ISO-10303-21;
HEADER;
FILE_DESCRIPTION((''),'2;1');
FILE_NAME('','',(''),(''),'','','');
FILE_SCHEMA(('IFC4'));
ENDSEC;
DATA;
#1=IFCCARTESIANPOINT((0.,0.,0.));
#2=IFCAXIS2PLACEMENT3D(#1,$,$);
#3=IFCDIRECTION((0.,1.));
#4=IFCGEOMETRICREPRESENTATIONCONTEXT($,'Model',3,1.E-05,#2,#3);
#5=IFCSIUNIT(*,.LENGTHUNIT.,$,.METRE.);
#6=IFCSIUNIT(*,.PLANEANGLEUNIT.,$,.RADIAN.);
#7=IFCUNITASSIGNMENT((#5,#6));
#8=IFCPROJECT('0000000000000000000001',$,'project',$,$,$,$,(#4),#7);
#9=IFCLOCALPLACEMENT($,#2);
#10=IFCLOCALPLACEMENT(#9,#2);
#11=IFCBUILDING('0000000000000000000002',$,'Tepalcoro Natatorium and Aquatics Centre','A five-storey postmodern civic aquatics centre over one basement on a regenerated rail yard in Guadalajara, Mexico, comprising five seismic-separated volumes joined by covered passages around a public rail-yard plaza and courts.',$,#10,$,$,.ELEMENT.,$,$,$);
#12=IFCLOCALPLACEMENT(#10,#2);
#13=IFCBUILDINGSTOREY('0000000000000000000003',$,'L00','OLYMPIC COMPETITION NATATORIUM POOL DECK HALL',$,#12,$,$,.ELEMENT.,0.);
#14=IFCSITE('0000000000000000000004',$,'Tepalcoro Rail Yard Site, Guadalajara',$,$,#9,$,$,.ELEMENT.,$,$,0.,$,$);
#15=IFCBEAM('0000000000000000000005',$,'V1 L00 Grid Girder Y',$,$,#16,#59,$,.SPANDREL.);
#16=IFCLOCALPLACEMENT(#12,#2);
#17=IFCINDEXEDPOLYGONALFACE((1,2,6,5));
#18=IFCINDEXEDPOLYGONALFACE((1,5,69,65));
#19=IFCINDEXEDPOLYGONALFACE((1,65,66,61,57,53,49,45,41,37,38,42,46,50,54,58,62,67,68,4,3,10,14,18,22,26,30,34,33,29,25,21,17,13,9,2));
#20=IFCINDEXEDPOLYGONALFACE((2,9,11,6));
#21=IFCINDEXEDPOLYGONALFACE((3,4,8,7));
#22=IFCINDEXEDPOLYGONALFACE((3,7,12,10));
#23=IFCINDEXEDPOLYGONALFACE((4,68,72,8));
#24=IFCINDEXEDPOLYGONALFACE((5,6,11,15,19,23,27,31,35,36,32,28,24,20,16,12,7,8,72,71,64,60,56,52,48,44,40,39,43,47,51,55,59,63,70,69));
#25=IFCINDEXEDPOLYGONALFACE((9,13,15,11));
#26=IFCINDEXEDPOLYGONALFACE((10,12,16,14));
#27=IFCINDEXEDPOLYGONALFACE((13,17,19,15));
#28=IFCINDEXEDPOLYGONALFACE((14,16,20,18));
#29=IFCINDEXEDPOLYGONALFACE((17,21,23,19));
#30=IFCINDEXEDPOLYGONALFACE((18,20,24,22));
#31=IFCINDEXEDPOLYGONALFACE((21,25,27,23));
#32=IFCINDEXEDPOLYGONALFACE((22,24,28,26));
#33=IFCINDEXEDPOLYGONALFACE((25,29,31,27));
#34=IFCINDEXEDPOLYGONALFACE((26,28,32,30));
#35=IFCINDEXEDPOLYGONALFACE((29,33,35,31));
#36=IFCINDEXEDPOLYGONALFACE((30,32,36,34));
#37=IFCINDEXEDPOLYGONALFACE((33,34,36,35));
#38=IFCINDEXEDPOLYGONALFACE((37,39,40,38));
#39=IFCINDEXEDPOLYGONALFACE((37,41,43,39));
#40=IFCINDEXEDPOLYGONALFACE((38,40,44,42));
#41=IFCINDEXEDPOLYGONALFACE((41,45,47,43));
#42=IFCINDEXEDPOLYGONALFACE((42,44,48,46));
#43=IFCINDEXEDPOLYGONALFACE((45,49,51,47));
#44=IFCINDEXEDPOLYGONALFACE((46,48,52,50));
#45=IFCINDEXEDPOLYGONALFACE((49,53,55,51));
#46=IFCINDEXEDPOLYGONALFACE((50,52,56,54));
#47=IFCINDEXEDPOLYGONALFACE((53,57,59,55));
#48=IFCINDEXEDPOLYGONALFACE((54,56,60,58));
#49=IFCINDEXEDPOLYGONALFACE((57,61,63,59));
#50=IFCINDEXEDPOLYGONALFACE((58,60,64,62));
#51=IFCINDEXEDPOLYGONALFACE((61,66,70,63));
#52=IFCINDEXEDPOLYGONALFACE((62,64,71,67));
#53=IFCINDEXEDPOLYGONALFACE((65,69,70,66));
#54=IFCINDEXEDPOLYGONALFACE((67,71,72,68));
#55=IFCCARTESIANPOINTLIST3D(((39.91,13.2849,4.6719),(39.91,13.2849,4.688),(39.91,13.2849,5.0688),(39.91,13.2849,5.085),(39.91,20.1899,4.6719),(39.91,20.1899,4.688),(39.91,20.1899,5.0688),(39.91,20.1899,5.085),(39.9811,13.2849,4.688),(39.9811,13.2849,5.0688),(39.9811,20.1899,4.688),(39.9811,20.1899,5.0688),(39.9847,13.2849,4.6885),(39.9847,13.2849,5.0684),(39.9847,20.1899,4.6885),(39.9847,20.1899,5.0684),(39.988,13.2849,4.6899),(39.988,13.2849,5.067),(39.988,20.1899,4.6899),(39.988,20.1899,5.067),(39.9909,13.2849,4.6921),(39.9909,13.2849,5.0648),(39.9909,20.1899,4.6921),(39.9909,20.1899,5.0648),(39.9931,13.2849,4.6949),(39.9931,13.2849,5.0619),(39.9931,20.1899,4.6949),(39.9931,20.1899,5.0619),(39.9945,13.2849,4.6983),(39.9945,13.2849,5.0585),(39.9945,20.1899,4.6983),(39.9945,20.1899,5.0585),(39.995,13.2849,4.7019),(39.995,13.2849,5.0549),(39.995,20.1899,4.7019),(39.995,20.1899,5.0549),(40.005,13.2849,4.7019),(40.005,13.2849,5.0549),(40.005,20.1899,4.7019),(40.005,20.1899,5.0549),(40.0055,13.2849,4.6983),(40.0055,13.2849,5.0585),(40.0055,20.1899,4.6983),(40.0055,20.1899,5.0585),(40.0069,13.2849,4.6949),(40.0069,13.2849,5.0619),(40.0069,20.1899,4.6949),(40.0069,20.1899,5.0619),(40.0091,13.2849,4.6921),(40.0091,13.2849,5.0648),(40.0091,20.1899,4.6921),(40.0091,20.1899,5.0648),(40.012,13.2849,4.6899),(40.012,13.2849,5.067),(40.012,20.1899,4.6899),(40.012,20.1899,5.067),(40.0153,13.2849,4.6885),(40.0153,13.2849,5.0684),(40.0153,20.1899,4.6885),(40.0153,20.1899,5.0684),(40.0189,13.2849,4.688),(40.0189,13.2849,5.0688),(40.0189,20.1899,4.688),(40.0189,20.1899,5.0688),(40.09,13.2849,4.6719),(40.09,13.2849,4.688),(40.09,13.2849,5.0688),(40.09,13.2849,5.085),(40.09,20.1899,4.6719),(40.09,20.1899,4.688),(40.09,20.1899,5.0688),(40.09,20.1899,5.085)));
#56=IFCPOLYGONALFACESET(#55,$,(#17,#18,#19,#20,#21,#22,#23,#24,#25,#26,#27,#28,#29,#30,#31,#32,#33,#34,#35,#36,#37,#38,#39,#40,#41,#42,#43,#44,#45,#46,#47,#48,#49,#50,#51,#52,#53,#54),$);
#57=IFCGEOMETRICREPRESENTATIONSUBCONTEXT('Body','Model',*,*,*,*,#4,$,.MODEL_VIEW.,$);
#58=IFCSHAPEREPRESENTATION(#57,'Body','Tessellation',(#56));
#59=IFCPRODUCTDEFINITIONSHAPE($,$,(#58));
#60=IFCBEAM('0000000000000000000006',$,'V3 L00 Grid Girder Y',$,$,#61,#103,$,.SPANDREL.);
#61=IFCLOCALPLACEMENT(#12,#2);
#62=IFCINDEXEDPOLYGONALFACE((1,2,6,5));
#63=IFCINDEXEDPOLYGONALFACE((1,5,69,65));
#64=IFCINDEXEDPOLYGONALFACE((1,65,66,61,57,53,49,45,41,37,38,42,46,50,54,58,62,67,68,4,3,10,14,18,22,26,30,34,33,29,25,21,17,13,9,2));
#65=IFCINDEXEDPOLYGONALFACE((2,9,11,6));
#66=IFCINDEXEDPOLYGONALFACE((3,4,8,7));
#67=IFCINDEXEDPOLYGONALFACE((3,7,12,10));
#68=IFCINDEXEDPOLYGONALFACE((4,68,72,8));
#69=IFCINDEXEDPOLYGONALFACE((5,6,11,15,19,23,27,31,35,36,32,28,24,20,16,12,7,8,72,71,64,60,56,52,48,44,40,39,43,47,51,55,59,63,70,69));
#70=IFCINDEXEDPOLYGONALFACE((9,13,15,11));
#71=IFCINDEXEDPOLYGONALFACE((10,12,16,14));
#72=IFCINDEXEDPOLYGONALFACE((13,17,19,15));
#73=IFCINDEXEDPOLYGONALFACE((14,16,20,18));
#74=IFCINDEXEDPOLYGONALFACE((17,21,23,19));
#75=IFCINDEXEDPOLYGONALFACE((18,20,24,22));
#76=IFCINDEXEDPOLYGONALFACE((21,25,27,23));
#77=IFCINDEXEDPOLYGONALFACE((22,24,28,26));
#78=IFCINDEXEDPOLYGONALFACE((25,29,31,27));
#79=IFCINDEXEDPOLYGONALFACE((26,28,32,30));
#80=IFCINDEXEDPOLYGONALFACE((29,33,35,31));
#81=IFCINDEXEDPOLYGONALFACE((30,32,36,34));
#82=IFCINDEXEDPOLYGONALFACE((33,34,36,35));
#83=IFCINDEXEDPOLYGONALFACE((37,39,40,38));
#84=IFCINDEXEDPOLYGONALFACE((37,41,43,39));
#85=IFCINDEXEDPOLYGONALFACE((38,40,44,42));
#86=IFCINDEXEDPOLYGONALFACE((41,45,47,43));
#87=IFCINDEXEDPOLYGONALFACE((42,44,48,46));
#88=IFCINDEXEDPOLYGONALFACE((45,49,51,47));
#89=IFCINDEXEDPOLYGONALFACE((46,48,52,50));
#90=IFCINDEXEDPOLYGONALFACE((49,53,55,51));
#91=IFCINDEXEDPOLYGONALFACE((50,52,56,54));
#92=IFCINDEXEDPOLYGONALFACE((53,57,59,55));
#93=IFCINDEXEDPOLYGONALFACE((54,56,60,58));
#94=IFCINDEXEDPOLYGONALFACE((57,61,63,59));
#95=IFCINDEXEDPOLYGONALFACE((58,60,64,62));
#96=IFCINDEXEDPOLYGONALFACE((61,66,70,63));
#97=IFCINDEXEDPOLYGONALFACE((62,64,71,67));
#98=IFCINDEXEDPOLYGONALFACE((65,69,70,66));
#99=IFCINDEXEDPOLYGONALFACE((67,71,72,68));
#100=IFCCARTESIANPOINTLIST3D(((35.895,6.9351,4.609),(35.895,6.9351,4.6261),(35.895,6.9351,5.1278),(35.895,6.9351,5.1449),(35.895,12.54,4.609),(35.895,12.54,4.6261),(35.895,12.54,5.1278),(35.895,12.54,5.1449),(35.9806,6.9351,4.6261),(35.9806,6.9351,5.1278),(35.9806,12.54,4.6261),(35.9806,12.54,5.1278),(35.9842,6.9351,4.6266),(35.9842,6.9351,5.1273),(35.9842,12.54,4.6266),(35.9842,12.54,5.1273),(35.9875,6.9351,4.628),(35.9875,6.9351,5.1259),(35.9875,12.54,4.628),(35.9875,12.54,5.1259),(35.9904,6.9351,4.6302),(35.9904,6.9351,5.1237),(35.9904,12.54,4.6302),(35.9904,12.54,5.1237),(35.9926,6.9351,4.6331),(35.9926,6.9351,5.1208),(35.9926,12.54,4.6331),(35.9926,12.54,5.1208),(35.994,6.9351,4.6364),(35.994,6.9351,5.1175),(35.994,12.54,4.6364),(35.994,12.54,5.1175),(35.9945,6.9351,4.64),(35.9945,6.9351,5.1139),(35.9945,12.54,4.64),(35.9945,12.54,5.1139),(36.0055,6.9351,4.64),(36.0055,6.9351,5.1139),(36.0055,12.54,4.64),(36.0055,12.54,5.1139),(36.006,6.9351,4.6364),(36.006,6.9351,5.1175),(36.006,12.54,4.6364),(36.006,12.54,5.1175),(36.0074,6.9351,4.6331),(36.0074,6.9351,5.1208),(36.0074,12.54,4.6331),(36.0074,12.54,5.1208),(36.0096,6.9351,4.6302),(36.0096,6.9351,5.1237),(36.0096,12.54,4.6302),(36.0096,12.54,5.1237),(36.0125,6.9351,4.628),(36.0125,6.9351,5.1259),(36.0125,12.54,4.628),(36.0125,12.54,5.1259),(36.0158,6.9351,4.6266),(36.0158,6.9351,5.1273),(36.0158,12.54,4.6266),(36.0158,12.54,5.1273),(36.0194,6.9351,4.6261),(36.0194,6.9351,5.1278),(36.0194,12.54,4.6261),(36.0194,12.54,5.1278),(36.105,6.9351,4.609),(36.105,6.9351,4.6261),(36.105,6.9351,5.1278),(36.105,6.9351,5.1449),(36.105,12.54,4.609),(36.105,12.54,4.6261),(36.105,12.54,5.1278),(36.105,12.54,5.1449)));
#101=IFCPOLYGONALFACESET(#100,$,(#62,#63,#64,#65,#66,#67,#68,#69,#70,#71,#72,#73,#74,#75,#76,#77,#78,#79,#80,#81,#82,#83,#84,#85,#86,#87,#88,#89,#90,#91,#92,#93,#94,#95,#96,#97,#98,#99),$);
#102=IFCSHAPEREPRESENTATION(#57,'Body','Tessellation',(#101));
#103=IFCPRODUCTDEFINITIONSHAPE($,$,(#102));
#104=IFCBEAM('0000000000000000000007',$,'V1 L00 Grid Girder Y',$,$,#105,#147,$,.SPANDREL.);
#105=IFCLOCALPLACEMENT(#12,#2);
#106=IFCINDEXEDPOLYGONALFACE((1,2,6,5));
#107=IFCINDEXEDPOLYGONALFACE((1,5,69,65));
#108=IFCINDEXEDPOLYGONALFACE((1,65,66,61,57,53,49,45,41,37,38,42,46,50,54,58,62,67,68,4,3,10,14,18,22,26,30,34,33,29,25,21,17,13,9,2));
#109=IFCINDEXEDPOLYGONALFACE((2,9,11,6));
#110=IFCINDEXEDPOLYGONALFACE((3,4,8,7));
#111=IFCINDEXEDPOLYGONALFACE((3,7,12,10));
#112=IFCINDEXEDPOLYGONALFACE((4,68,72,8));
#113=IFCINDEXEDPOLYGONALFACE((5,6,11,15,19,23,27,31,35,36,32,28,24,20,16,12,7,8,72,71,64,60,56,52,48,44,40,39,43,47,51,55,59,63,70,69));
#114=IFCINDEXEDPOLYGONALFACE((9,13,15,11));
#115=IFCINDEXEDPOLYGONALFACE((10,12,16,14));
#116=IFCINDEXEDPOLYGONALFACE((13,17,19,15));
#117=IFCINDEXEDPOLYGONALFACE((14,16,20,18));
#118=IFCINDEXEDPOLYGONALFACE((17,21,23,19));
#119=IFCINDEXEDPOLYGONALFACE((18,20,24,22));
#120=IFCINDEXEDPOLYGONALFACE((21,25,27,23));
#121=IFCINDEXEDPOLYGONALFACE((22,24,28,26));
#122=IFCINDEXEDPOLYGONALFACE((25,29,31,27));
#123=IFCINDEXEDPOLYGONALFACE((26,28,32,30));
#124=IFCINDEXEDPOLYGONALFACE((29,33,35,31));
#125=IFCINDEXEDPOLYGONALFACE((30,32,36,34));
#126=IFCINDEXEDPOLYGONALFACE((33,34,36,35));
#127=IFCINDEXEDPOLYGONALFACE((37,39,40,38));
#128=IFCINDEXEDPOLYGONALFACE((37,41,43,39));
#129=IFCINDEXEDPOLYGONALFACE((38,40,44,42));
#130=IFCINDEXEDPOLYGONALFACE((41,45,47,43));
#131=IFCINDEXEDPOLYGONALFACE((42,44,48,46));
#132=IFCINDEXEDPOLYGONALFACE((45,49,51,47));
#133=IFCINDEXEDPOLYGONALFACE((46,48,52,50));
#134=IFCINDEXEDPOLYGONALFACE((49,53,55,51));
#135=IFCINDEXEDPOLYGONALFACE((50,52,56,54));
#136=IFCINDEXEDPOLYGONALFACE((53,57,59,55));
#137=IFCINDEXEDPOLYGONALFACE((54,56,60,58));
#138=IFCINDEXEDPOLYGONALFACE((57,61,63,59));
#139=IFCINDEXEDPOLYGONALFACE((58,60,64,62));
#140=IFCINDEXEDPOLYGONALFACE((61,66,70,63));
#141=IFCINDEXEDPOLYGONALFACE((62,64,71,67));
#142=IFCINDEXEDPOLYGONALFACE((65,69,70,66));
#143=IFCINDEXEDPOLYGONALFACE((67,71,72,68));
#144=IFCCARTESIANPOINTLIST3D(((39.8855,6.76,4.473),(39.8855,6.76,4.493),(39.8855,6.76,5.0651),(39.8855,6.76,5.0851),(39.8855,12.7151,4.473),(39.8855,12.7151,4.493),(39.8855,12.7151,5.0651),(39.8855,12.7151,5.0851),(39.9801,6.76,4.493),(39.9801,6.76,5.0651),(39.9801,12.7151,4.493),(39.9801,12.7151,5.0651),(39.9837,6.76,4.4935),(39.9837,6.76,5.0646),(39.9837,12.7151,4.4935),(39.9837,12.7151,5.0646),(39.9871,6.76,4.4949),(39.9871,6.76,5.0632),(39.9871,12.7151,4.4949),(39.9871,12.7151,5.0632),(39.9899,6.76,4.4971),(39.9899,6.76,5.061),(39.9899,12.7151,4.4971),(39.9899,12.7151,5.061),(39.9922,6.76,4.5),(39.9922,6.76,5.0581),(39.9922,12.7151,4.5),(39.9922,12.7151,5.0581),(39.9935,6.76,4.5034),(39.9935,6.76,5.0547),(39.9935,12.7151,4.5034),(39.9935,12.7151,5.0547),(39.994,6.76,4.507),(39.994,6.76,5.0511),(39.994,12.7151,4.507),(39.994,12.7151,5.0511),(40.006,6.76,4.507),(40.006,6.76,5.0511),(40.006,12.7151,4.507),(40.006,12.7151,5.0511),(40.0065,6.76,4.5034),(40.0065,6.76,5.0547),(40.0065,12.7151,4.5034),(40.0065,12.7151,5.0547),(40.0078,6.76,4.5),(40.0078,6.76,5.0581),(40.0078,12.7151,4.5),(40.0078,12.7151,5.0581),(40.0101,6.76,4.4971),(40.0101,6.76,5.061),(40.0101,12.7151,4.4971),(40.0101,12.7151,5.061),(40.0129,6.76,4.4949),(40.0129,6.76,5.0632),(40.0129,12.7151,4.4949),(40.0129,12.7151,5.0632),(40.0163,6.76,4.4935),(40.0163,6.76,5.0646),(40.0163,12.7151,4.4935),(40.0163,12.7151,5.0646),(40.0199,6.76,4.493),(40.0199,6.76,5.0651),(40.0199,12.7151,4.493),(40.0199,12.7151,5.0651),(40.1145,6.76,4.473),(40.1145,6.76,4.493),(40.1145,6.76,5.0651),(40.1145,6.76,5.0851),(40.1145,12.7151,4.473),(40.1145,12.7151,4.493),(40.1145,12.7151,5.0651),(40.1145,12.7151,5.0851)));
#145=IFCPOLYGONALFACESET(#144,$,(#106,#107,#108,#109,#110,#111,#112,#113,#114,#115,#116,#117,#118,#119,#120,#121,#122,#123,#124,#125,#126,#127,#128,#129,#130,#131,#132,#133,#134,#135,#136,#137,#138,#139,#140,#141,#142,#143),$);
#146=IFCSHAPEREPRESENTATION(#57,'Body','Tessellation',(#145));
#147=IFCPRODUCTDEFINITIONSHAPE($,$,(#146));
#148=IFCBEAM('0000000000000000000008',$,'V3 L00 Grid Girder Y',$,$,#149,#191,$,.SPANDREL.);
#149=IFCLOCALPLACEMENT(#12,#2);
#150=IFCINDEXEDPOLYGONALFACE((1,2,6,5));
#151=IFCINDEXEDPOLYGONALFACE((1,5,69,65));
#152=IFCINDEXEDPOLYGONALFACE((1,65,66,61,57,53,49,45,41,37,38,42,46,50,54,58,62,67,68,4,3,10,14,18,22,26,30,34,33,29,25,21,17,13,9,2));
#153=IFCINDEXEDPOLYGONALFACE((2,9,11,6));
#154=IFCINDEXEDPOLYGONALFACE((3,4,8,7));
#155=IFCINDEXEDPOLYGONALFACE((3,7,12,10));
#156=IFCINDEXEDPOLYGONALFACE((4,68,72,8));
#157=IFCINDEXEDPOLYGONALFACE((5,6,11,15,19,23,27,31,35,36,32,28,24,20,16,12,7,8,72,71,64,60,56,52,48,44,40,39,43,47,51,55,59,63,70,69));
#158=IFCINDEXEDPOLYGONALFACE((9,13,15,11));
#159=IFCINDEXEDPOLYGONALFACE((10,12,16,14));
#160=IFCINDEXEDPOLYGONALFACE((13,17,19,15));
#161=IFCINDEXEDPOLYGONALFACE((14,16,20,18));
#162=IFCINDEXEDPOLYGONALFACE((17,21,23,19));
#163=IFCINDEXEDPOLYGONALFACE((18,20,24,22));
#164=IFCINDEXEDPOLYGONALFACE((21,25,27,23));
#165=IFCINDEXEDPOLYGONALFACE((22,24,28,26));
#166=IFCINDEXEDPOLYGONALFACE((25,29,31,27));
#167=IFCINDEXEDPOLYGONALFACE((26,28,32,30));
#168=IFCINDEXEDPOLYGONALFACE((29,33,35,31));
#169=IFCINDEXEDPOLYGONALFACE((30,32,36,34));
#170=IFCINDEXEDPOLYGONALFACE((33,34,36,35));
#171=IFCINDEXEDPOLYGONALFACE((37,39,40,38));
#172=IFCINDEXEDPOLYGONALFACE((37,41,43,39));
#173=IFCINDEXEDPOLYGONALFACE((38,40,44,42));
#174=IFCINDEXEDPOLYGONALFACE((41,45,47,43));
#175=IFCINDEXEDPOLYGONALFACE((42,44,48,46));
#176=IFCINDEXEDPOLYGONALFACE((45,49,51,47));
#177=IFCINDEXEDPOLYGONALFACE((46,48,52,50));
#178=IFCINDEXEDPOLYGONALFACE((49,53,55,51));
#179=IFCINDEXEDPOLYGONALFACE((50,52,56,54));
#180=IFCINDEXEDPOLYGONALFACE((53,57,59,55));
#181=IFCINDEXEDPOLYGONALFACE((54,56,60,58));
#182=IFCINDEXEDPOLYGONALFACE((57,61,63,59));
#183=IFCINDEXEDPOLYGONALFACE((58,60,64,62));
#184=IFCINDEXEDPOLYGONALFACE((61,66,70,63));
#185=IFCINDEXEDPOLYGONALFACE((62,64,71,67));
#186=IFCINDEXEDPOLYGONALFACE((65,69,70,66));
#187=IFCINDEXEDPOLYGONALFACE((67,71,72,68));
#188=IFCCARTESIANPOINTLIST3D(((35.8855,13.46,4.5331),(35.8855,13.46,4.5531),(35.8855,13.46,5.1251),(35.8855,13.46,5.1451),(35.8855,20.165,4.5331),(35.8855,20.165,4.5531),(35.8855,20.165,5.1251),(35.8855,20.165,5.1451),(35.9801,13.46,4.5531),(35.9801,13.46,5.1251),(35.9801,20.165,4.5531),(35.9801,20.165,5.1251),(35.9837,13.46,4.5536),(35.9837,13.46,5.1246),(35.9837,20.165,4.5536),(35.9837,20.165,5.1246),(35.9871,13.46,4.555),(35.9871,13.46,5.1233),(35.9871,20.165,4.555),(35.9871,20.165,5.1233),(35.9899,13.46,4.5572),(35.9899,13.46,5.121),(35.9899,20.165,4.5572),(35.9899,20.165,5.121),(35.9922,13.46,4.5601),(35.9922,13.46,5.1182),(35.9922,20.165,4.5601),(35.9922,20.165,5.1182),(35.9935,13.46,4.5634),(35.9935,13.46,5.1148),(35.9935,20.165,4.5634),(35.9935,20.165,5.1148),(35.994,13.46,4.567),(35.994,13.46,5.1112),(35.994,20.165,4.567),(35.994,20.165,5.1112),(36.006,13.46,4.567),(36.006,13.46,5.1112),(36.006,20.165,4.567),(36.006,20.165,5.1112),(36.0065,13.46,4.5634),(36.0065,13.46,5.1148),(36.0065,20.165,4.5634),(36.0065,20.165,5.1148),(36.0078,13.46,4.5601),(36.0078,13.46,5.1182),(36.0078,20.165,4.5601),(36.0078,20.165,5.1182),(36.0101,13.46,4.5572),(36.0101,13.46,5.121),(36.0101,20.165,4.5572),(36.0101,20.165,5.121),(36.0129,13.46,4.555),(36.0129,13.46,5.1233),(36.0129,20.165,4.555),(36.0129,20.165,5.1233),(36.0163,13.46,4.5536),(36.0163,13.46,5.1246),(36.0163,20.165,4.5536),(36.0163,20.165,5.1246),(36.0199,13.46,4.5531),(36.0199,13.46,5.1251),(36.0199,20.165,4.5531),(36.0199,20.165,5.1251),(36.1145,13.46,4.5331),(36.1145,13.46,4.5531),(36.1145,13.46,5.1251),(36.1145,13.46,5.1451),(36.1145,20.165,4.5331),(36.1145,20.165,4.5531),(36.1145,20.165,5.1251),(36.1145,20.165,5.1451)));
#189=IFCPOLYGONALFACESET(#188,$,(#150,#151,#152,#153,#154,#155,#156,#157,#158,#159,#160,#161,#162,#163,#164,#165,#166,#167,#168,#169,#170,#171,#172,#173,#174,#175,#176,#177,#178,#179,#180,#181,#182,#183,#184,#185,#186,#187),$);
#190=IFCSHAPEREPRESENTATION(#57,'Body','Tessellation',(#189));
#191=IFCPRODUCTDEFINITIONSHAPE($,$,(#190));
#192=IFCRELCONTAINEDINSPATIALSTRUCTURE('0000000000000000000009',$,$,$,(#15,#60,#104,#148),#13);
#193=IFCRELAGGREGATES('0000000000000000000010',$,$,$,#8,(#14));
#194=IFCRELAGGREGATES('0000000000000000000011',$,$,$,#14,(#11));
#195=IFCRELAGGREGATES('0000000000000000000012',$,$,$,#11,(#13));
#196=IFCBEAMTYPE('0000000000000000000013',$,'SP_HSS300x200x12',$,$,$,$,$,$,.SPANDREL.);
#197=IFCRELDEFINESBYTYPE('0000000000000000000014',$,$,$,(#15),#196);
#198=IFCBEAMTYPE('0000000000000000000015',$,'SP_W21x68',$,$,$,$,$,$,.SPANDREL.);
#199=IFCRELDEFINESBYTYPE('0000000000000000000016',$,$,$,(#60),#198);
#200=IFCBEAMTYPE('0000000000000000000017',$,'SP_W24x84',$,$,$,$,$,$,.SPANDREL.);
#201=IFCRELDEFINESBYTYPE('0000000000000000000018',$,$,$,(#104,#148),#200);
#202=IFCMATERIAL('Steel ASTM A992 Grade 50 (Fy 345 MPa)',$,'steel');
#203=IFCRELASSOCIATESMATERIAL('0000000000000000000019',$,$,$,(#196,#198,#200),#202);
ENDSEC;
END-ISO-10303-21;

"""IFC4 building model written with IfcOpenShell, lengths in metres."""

from ifc_helpers import new_model, si_unit, direction, frame, origin, origin_2d, place, context, subcontext, project, spatial, i_section, extrude, material, material_profile, profile_set, type_object, element, save


model = new_model("IFC4")

# Units and contexts
model_context = context("Model", 3, precision=1e-05, world=origin(), true_north=direction((0.0, 1.0)))
body_context = subcontext(model_context, "Body", "Model", "MODEL_VIEW")
ifc_project = project(units=[si_unit("LENGTHUNIT", "METRE"), si_unit("PLANEANGLEUNIT", "RADIAN")], contexts=[model_context])

# Site, building, storey
site_placement = place(None, origin())
site = spatial("IfcSite", under=ifc_project, at=site_placement, Name="Tepalcoro Rail Yard Site, Guadalajara", CompositionType="ELEMENT", RefElevation=0.0)
building_placement = place(site_placement, origin())
building = spatial("IfcBuilding", under=site, at=building_placement, Name="Tepalcoro Natatorium and Aquatics Centre", Description="A five-storey postmodern civic aquatics centre over one basement on a regenerated rail yard in Guadalajara, Mexico, comprising five seismic-separated volumes joined by covered passages around a public rail-yard plaza and courts.", CompositionType="ELEMENT")
storey_placement = place(building_placement, origin())
storey = spatial("IfcBuildingStorey", under=building, at=storey_placement, Name="L00", Description="OLYMPIC COMPETITION NATATORIUM POOL DECK HALL", CompositionType="ELEMENT", Elevation=0.0)

# Shared definitions
ifc_material_1 = material(Name="Steel ASTM A992 Grade 50 (Fy 345 MPa)", Category="steel")

# Beams
ifc_material_profile_1 = material_profile(ifc_material_1, i_section(OverallWidth=0.1799, OverallDepth=0.4131, WebThickness=0.01, FlangeThickness=0.0161, FilletRadius=0.0139, at=origin_2d()), Name="W16X50")
ifc_profile_set_1 = profile_set([ifc_material_profile_1], Name="Steel ASTM A992 Grade 50 (Fy 345 MPa)")
beam_type_1 = type_object("IfcBeamType", Name="SP_HSS300x200x12", PredefinedType="SPANDREL", material=ifc_profile_set_1)
beam_1_placement = place(storey_placement, frame((40.0, 13.2849, 4.8784), z_axis=(0.0, 1.0, 0.0), x_axis=(-1.0, 0.0, 0.0)))
element("IfcBeam", 1, at=beam_1_placement, inside=storey, type_object=beam_type_1, Name="V1 L00 Grid Girder Y", PredefinedType="SPANDREL", context=body_context, shape_type="SweptSolid", body=[
    extrude(i_section(OverallWidth=0.1799, OverallDepth=0.4131, WebThickness=0.01, FlangeThickness=0.0161, FilletRadius=0.0139, at=origin_2d()), origin(), (0.0, 0.0, 1.0), 6.905),
])
ifc_material_profile_2 = material_profile(ifc_material_1, i_section(OverallWidth=0.21, OverallDepth=0.5359, WebThickness=0.011, FlangeThickness=0.0171, FilletRadius=0.0139, at=origin_2d()), Name="W21X68")
ifc_profile_set_2 = profile_set([ifc_material_profile_2], Name="Steel ASTM A992 Grade 50 (Fy 345 MPa)")
beam_type_2 = type_object("IfcBeamType", Name="SP_W21x68", PredefinedType="SPANDREL", material=ifc_profile_set_2)
beam_2_placement = place(storey_placement, frame((36.0, 6.9351, 4.877), z_axis=(0.0, 1.0, 0.0), x_axis=(-1.0, 0.0, 0.0)))
element("IfcBeam", 2, at=beam_2_placement, inside=storey, type_object=beam_type_2, Name="V3 L00 Grid Girder Y", PredefinedType="SPANDREL", context=body_context, shape_type="SweptSolid", body=[
    extrude(i_section(OverallWidth=0.21, OverallDepth=0.5359, WebThickness=0.011, FlangeThickness=0.0171, FilletRadius=0.0139, at=origin_2d()), origin(), (0.0, 0.0, 1.0), 5.605),
])
ifc_material_profile_3 = material_profile(ifc_material_1, i_section(OverallWidth=0.229, OverallDepth=0.6121, WebThickness=0.012, FlangeThickness=0.02, FilletRadius=0.0139, at=origin_2d()), Name="W24X84")
ifc_profile_set_3 = profile_set([ifc_material_profile_3], Name="Steel ASTM A992 Grade 50 (Fy 345 MPa)")
beam_type_3 = type_object("IfcBeamType", Name="SP_W24x84", PredefinedType="SPANDREL", material=ifc_profile_set_3)
beam_3_placement = place(storey_placement, frame((40.0, 6.76, 4.7791), z_axis=(0.0, 1.0, 0.0), x_axis=(-1.0, 0.0, 0.0)))
element("IfcBeam", 3, at=beam_3_placement, inside=storey, type_object=beam_type_3, Name="V1 L00 Grid Girder Y", PredefinedType="SPANDREL", context=body_context, shape_type="SweptSolid", body=[
    extrude(i_section(OverallWidth=0.229, OverallDepth=0.6121, WebThickness=0.012, FlangeThickness=0.02, FilletRadius=0.0139, at=origin_2d()), origin(), (0.0, 0.0, 1.0), 5.9551),
])
beam_4_placement = place(storey_placement, frame((36.0, 13.46, 4.8391), z_axis=(0.0, 1.0, 0.0), x_axis=(-1.0, 0.0, 0.0)))
element("IfcBeam", 4, at=beam_4_placement, inside=storey, type_object=beam_type_3, Name="V3 L00 Grid Girder Y", PredefinedType="SPANDREL", context=body_context, shape_type="SweptSolid", body=[
    extrude(i_section(OverallWidth=0.229, OverallDepth=0.6121, WebThickness=0.012, FlangeThickness=0.02, FilletRadius=0.0139, at=origin_2d()), origin(), (0.0, 0.0, 1.0), 6.7051),
])

save(model, "model.ifc")
